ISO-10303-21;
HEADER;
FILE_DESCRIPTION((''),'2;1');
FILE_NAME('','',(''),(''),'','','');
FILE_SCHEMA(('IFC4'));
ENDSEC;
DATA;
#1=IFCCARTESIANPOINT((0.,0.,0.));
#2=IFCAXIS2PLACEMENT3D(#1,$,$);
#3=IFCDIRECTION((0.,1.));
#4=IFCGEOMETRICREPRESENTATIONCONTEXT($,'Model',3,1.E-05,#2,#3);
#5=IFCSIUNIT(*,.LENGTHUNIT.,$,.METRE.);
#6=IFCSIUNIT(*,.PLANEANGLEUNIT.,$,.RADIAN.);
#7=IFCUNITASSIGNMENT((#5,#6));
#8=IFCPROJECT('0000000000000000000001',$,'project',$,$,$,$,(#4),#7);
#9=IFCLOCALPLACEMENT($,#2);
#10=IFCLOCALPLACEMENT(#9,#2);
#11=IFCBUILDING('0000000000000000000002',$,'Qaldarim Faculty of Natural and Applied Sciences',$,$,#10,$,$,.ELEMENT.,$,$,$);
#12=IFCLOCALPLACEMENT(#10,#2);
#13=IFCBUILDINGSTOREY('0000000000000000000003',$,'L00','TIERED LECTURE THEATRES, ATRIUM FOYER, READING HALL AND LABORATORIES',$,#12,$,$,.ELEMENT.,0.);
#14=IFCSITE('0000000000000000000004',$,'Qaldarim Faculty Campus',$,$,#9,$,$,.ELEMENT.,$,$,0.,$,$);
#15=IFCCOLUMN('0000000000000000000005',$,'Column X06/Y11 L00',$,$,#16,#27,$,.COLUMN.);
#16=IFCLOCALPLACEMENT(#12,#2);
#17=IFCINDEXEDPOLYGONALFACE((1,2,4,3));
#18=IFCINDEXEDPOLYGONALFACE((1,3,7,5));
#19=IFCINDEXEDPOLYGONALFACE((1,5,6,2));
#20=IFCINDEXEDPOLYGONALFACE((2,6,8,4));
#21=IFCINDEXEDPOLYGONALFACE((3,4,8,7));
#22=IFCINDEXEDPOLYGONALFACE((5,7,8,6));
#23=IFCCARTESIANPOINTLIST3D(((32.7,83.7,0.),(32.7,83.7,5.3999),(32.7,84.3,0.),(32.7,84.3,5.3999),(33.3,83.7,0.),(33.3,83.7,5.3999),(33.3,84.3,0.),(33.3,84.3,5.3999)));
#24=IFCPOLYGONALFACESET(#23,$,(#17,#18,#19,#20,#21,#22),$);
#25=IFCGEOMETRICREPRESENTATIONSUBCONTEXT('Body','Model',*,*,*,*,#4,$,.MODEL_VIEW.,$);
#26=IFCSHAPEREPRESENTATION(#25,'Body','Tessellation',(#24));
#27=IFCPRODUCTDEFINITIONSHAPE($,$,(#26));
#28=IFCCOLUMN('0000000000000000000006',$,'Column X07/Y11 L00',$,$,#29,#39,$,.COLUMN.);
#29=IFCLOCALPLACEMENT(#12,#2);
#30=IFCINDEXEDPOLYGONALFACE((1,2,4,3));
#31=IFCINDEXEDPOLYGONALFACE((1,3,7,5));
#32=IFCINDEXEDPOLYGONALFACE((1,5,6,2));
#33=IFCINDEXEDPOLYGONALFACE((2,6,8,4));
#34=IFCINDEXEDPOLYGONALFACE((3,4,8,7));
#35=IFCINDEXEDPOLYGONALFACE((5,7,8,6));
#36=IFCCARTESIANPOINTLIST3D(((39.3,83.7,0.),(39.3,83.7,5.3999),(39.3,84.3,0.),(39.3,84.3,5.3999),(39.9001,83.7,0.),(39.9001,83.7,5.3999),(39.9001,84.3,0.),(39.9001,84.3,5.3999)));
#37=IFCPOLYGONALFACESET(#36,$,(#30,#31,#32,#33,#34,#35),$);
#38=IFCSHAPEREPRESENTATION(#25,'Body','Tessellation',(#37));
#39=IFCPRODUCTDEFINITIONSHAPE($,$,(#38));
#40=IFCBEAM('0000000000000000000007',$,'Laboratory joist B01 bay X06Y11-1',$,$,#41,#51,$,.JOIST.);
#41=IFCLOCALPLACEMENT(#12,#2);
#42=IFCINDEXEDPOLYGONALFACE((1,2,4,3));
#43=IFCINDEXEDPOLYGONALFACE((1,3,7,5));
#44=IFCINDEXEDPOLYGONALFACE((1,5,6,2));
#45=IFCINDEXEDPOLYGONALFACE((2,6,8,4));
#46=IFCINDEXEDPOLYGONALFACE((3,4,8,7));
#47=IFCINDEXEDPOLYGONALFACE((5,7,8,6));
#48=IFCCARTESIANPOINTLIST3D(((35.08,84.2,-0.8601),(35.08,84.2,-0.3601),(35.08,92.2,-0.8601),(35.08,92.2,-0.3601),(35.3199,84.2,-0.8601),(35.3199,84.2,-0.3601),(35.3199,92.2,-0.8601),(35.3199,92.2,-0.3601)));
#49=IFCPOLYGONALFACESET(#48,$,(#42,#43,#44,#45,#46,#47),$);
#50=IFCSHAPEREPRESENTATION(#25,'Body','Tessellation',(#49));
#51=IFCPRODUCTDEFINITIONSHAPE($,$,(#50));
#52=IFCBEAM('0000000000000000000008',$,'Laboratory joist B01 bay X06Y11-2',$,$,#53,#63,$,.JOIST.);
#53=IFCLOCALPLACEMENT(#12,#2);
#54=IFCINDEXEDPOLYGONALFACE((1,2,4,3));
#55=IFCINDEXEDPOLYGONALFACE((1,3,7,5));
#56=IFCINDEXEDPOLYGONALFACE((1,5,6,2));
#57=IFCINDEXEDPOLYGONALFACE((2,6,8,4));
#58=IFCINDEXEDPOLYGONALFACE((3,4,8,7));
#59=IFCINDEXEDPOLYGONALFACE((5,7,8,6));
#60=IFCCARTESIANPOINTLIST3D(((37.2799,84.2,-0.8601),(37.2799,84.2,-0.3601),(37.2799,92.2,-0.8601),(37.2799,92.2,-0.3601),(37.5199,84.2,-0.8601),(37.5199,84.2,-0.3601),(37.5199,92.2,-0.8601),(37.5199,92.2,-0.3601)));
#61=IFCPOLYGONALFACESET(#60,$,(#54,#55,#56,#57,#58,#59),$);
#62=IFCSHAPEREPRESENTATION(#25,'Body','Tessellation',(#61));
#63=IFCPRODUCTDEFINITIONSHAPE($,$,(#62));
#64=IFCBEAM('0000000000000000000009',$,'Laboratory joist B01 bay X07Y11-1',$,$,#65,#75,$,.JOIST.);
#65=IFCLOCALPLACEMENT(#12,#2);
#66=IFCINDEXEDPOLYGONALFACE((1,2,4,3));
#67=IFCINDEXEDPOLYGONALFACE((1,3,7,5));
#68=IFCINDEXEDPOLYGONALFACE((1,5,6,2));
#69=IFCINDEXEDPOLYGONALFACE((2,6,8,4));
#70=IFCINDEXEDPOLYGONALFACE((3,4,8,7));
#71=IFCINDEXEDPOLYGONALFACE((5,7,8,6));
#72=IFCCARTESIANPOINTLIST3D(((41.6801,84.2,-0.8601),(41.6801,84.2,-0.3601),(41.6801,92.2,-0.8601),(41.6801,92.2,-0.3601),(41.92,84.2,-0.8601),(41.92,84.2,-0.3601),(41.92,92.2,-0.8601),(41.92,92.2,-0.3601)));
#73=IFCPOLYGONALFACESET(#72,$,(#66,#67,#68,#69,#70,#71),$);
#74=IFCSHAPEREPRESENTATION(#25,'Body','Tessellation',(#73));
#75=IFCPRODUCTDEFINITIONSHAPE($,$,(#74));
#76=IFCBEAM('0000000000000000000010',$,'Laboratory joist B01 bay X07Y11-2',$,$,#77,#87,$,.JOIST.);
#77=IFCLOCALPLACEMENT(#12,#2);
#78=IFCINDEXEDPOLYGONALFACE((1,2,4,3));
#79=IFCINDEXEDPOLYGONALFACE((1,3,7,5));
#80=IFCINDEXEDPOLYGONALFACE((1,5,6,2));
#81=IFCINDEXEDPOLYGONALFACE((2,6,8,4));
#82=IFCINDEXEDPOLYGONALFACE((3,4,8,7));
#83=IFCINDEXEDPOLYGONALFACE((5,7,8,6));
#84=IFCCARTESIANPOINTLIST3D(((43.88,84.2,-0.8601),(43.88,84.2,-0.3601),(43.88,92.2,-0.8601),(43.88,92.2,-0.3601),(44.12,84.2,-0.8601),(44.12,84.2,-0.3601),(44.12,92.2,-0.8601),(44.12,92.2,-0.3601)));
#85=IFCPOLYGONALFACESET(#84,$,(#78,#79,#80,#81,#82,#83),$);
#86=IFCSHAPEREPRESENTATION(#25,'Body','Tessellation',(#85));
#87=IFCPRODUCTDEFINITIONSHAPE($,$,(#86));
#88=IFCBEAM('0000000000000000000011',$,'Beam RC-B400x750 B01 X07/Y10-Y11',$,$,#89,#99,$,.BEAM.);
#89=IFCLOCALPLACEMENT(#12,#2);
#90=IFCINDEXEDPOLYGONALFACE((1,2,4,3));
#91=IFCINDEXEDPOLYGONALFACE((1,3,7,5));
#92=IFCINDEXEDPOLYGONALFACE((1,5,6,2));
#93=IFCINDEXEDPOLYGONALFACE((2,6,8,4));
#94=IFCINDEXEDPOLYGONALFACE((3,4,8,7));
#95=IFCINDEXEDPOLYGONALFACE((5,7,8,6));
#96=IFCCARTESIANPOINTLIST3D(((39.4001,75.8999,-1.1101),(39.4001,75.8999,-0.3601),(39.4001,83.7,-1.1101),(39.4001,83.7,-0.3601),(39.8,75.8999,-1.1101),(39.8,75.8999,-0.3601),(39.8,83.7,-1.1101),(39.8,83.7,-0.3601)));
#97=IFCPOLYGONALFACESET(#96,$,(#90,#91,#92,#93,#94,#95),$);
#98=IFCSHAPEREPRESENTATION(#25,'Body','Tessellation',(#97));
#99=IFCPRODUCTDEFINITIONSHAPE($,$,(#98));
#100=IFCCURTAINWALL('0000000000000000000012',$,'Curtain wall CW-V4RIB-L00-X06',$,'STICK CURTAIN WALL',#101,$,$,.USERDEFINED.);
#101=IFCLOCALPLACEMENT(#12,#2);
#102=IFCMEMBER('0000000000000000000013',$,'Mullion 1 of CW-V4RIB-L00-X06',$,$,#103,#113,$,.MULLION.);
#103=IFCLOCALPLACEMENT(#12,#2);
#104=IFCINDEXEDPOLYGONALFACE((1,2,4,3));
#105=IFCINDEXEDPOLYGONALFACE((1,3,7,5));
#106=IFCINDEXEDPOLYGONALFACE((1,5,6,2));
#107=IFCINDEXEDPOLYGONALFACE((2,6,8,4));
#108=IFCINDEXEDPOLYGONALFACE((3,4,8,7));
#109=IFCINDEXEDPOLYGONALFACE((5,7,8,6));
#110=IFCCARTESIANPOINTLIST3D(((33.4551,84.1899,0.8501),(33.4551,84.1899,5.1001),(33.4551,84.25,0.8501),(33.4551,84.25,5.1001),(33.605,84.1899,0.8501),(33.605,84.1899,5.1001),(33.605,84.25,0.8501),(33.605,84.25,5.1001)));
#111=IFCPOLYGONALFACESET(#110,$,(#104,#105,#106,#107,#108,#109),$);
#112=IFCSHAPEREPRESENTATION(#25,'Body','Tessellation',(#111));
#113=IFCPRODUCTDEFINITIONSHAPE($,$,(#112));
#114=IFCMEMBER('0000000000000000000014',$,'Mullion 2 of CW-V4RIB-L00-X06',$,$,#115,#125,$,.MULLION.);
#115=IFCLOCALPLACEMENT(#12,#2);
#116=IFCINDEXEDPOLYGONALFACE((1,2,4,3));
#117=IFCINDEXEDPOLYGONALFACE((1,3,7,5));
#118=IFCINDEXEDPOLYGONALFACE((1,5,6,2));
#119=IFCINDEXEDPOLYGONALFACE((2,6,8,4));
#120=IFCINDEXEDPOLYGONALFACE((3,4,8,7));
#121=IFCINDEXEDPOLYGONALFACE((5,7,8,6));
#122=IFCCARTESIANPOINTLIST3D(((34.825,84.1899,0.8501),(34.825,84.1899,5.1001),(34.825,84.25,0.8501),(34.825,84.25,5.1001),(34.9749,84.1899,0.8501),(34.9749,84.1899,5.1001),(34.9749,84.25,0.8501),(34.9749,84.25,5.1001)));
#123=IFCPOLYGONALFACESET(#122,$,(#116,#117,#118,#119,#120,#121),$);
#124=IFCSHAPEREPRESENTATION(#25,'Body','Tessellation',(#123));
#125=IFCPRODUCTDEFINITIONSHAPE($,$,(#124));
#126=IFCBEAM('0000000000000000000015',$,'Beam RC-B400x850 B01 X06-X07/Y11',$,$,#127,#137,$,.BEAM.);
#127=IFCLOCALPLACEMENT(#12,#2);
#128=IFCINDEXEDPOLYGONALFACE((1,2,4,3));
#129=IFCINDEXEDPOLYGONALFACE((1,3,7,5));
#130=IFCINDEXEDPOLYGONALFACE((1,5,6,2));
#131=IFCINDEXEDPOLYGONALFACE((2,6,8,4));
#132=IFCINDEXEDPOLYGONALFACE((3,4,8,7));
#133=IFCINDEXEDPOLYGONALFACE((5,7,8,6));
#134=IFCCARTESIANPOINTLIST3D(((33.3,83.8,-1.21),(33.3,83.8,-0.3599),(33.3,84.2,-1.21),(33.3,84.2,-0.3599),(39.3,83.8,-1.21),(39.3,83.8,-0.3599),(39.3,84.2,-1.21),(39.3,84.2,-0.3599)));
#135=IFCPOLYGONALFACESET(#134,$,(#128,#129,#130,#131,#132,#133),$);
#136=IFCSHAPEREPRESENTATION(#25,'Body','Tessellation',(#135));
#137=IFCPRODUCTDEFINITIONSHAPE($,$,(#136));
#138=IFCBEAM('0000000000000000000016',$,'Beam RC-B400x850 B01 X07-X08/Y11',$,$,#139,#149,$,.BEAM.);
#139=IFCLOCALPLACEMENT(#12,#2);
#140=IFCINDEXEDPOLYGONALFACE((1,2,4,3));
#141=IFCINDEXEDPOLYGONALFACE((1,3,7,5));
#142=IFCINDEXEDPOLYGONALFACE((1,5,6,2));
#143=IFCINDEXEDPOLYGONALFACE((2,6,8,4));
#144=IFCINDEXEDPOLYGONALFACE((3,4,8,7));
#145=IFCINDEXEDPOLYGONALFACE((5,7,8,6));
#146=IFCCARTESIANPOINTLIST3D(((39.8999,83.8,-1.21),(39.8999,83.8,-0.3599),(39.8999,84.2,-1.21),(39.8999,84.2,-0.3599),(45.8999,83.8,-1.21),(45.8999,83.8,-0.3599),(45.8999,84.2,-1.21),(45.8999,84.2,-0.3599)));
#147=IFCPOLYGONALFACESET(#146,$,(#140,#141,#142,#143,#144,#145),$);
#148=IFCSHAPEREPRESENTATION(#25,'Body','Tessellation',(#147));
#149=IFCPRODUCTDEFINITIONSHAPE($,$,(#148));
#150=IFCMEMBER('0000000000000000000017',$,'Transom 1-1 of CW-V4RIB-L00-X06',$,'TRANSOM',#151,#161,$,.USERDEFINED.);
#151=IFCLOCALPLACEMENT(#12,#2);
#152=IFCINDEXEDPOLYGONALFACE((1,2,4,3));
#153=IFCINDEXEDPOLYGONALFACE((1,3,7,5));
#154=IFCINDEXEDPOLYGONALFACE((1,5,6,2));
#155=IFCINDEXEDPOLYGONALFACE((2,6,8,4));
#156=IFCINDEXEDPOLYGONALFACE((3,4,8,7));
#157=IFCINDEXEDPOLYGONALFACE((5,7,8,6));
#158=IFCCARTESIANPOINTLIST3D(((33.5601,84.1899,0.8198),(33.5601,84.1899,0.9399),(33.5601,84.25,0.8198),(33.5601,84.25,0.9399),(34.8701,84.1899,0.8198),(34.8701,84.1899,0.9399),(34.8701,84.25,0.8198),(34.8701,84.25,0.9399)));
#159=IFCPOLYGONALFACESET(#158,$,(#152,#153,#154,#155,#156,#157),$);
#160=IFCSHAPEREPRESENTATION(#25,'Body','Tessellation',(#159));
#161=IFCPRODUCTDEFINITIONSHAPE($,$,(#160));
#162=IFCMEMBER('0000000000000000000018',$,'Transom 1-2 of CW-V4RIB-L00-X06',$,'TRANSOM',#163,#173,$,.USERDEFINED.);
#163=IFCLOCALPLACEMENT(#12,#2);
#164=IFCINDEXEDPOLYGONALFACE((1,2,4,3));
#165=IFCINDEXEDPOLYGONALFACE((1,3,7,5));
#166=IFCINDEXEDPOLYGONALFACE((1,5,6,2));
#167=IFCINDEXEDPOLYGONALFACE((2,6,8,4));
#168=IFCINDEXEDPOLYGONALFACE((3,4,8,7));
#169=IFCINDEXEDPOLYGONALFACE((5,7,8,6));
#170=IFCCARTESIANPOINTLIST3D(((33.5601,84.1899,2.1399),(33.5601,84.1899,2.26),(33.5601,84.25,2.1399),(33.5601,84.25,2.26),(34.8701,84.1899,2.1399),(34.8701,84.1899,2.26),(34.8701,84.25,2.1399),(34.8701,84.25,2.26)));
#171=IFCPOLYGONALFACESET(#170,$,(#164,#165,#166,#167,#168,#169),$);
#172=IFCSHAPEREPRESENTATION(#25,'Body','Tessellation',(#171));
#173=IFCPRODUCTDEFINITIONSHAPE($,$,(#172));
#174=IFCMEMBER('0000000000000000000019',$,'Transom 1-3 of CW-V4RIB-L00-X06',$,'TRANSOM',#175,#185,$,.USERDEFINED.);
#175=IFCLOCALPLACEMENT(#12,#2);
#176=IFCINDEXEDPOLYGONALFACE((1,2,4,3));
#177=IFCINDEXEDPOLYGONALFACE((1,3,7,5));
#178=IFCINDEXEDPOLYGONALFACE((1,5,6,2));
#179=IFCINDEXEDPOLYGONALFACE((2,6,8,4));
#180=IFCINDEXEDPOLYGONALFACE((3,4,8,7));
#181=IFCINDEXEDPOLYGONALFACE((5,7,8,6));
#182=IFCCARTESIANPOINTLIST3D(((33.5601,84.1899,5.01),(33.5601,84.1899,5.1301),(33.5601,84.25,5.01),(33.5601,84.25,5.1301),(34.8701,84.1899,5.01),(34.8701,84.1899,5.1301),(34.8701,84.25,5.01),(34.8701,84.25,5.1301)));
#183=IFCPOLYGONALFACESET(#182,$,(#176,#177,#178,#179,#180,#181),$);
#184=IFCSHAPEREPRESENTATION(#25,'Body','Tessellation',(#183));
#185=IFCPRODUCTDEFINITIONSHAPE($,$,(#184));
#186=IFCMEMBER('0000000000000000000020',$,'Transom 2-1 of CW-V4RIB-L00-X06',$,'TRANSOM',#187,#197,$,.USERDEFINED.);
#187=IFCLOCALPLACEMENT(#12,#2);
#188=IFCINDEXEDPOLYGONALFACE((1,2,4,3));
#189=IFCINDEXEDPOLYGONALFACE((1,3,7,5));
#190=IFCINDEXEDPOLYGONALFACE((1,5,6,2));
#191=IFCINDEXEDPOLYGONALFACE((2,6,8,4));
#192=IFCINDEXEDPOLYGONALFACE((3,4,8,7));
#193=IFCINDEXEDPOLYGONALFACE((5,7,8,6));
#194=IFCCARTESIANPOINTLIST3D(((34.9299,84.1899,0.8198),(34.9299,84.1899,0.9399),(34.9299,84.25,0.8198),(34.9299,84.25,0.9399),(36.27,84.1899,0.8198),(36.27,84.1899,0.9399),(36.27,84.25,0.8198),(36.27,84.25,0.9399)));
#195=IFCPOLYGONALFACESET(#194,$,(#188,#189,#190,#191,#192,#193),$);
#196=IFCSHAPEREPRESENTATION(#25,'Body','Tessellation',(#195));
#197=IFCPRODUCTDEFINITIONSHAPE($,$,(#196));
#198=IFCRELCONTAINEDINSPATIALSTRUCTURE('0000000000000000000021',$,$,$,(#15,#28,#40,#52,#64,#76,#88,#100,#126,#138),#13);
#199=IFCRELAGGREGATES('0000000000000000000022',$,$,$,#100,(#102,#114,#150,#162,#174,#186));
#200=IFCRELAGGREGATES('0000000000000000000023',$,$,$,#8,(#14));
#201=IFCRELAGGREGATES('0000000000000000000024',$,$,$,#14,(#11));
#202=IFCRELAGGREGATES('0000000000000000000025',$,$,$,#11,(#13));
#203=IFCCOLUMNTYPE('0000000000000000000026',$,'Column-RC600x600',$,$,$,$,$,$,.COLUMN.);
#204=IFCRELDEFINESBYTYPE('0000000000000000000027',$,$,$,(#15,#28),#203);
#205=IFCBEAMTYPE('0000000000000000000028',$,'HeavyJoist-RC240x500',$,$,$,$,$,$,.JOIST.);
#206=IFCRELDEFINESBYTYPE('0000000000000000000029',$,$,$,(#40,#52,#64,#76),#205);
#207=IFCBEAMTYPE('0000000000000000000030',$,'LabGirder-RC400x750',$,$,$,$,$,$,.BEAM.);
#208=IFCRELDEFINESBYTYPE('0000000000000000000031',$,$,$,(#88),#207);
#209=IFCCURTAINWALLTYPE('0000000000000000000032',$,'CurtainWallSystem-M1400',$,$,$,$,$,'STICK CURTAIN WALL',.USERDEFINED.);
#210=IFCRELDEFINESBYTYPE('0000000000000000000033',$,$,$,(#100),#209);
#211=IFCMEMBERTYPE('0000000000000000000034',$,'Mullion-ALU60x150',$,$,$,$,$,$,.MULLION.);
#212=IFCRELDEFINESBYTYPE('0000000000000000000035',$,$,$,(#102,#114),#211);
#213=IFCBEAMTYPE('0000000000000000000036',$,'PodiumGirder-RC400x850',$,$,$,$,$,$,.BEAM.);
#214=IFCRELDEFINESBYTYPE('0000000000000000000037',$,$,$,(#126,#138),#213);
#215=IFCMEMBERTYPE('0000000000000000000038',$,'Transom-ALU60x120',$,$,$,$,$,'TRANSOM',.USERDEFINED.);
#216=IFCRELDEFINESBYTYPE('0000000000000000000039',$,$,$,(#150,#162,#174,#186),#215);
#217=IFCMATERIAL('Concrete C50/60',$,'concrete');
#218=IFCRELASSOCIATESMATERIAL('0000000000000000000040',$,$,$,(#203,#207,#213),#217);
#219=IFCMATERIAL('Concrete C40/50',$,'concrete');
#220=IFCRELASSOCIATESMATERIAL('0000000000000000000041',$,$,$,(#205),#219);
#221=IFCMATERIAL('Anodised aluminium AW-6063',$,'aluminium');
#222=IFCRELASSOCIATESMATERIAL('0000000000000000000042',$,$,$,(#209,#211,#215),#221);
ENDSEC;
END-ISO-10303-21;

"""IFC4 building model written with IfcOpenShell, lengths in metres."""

from ifc_helpers import new_model, si_unit, direction, frame, origin, origin_2d, place, context, subcontext, project, spatial, rectangle, extrude, material, material_profile, profile_set, type_object, element, aggregate, save


model = new_model("IFC4")

# Units and contexts
model_context = context("Model", 3, precision=1e-05, world=origin(), true_north=direction((0.0, 1.0)))
body_context = subcontext(model_context, "Body", "Model", "MODEL_VIEW")
ifc_project = project(units=[si_unit("LENGTHUNIT", "METRE"), si_unit("PLANEANGLEUNIT", "RADIAN")], contexts=[model_context])

# Site, building, storey
site_placement = place(None, origin())
site = spatial("IfcSite", under=ifc_project, at=site_placement, Name="Qaldarim Faculty Campus", CompositionType="ELEMENT", RefElevation=0.0)
building_placement = place(site_placement, origin())
building = spatial("IfcBuilding", under=site, at=building_placement, Name="Qaldarim Faculty of Natural and Applied Sciences", CompositionType="ELEMENT")
storey_placement = place(building_placement, origin())
storey = spatial("IfcBuildingStorey", under=building, at=storey_placement, Name="L00", Description="TIERED LECTURE THEATRES, ATRIUM FOYER, READING HALL AND LABORATORIES", CompositionType="ELEMENT", Elevation=0.0)

# Columns
ifc_material_1 = material(Name="Concrete C50/60", Category="concrete")
ifc_material_profile_1 = material_profile(ifc_material_1, rectangle(XDim=0.6001, YDim=0.6001, at=origin_2d()), Name="RC-C600x600")
ifc_profile_set_1 = profile_set([ifc_material_profile_1], Name="Concrete C50/60")
column_type = type_object("IfcColumnType", Name="Column-RC600x600", PredefinedType="COLUMN", material=ifc_profile_set_1)
for number, where, z_axis, x_axis, name in (
    (1, (33.0, 84.0, 0.0), (0.0, 0.0, 1.0), (1.0, 0.0, 0.0), "Column X06/Y11 L00"),
    (2, (39.6001, 84.0, 0.0), (0.0, 0.0, 1.0), (1.0, 0.0, 0.0), "Column X07/Y11 L00"),
):
    element("IfcColumn", number, at=place(storey_placement, frame(where, z_axis=z_axis, x_axis=x_axis)), inside=storey, type_object=column_type, Name=name, PredefinedType="COLUMN", context=body_context, shape_type="SweptSolid", body=[
        extrude(rectangle(XDim=0.6001, YDim=0.6001, at=origin_2d()), origin(), (0.0, 0.0, 1.0), 5.3999),
    ])

# Beams
ifc_material_2 = material(Name="Concrete C40/50", Category="concrete")
ifc_material_profile_2 = material_profile(ifc_material_2, rectangle(XDim=0.24, YDim=0.5, at=origin_2d()), Name="RC-J240x500")
ifc_profile_set_2 = profile_set([ifc_material_profile_2], Name="Concrete C40/50")
beam_type_1 = type_object("IfcBeamType", Name="HeavyJoist-RC240x500", PredefinedType="JOIST", material=ifc_profile_set_2)
for number, where, z_axis, x_axis, name in (
    (3, (35.2, 84.2, -0.6101), (0.0, 1.0, 0.0), (-1.0, 0.0, 0.0), "Laboratory joist B01 bay X06Y11-1"),
    (4, (37.3999, 84.2, -0.6101), (0.0, 1.0, 0.0), (-1.0, 0.0, 0.0), "Laboratory joist B01 bay X06Y11-2"),
    (5, (41.8, 84.2, -0.6101), (0.0, 1.0, 0.0), (-1.0, 0.0, 0.0), "Laboratory joist B01 bay X07Y11-1"),
    (6, (44.0, 84.2, -0.6101), (0.0, 1.0, 0.0), (-1.0, 0.0, 0.0), "Laboratory joist B01 bay X07Y11-2"),
):
    element("IfcBeam", number, at=place(storey_placement, frame(where, z_axis=z_axis, x_axis=x_axis)), inside=storey, type_object=beam_type_1, Name=name, PredefinedType="JOIST", context=body_context, shape_type="SweptSolid", body=[
        extrude(rectangle(XDim=0.24, YDim=0.5, at=origin_2d()), origin(), (0.0, 0.0, 1.0), 8.0),
    ])
ifc_material_profile_3 = material_profile(ifc_material_1, rectangle(XDim=0.3999, YDim=0.75, at=origin_2d()), Name="RC-B400x750")
ifc_profile_set_3 = profile_set([ifc_material_profile_3], Name="Concrete C50/60")
beam_type_2 = type_object("IfcBeamType", Name="LabGirder-RC400x750", PredefinedType="BEAM", material=ifc_profile_set_3)
beam_placement = place(storey_placement, frame((39.6001, 75.8999, -0.7351), z_axis=(0.0, 1.0, 0.0), x_axis=(-1.0, 0.0, 0.0)))
element("IfcBeam", 7, at=beam_placement, inside=storey, type_object=beam_type_2, Name="Beam RC-B400x750 B01 X07/Y10-Y11", PredefinedType="BEAM", context=body_context, shape_type="SweptSolid", body=[
    extrude(rectangle(XDim=0.3999, YDim=0.75, at=origin_2d()), origin(), (0.0, 0.0, 1.0), 7.8),
])

# Curtain wall, members
ifc_material_3 = material(Name="Anodised aluminium AW-6063", Category="aluminium")
curtain_wall_type = type_object("IfcCurtainWallType", Name="CurtainWallSystem-M1400", ElementType="STICK CURTAIN WALL", PredefinedType="USERDEFINED", material=ifc_material_3)
curtain_wall_placement = place(storey_placement, origin())
curtain_wall = element("IfcCurtainWall", 8, at=curtain_wall_placement, inside=storey, type_object=curtain_wall_type, Name="Curtain wall CW-V4RIB-L00-X06", ObjectType="STICK CURTAIN WALL", PredefinedType="USERDEFINED")
ifc_material_profile_4 = material_profile(ifc_material_3, rectangle(XDim=0.0601, YDim=0.1499, at=origin_2d()), Name="ALU-M60x150")
ifc_profile_set_4 = profile_set([ifc_material_profile_4], Name="Anodised aluminium AW-6063")
member_type_1 = type_object("IfcMemberType", Name="Mullion-ALU60x150", PredefinedType="MULLION", material=ifc_profile_set_4)
member_1_placement = place(storey_placement, frame((33.53, 84.22, 0.8501), z_axis=(0.0, 0.0, 1.0), x_axis=(0.0, 1.0, 0.0)))
member_1 = element("IfcMember", 9, at=member_1_placement, type_object=member_type_1, Name="Mullion 1 of CW-V4RIB-L00-X06", PredefinedType="MULLION", context=body_context, shape_type="SweptSolid", body=[
    extrude(rectangle(XDim=0.0601, YDim=0.1499, at=origin_2d()), origin(), (0.0, 0.0, 1.0), 4.25),
])
member_2_placement = place(storey_placement, frame((34.8999, 84.22, 0.8501), z_axis=(0.0, 0.0, 1.0), x_axis=(0.0, 1.0, 0.0)))
member_2 = element("IfcMember", 10, at=member_2_placement, type_object=member_type_1, Name="Mullion 2 of CW-V4RIB-L00-X06", PredefinedType="MULLION", context=body_context, shape_type="SweptSolid", body=[
    extrude(rectangle(XDim=0.0601, YDim=0.1499, at=origin_2d()), origin(), (0.0, 0.0, 1.0), 4.25),
])

# Beams
ifc_material_profile_5 = material_profile(ifc_material_1, rectangle(XDim=0.3999, YDim=0.8501, at=origin_2d()), Name="RC-B400x850")
ifc_profile_set_5 = profile_set([ifc_material_profile_5], Name="Concrete C50/60")
beam_type_3 = type_object("IfcBeamType", Name="PodiumGirder-RC400x850", PredefinedType="BEAM", material=ifc_profile_set_5)
for number, where, z_axis, x_axis, name in (
    (11, (33.3, 84.0, -0.7849), (1.0, 0.0, 0.0), (0.0, 1.0, 0.0), "Beam RC-B400x850 B01 X06-X07/Y11"),
    (12, (39.8999, 84.0, -0.7849), (1.0, 0.0, 0.0), (0.0, 1.0, 0.0), "Beam RC-B400x850 B01 X07-X08/Y11"),
):
    element("IfcBeam", number, at=place(storey_placement, frame(where, z_axis=z_axis, x_axis=x_axis)), inside=storey, type_object=beam_type_3, Name=name, PredefinedType="BEAM", context=body_context, shape_type="SweptSolid", body=[
        extrude(rectangle(XDim=0.3999, YDim=0.8501, at=origin_2d()), origin(), (0.0, 0.0, 1.0), 6.0),
    ])

# Members
ifc_material_profile_6 = material_profile(ifc_material_3, rectangle(XDim=0.0601, YDim=0.1201, at=origin_2d()), Name="ALU-T60x120")
ifc_profile_set_6 = profile_set([ifc_material_profile_6], Name="Anodised aluminium AW-6063")
member_type_2 = type_object("IfcMemberType", Name="Transom-ALU60x120", ElementType="TRANSOM", PredefinedType="USERDEFINED", material=ifc_profile_set_6)
member_3_placement = place(storey_placement, frame((33.5601, 84.22, 0.8799), z_axis=(1.0, 0.0, 0.0), x_axis=(0.0, 1.0, 0.0)))
member_3 = element("IfcMember", 13, at=member_3_placement, type_object=member_type_2, Name="Transom 1-1 of CW-V4RIB-L00-X06", ObjectType="TRANSOM", PredefinedType="USERDEFINED", context=body_context, shape_type="SweptSolid", body=[
    extrude(rectangle(XDim=0.0601, YDim=0.1201, at=origin_2d()), origin(), (0.0, 0.0, 1.0), 1.3101),
])
member_4_placement = place(storey_placement, frame((33.5601, 84.22, 2.2), z_axis=(1.0, 0.0, 0.0), x_axis=(0.0, 1.0, 0.0)))
member_4 = element("IfcMember", 14, at=member_4_placement, type_object=member_type_2, Name="Transom 1-2 of CW-V4RIB-L00-X06", ObjectType="TRANSOM", PredefinedType="USERDEFINED", context=body_context, shape_type="SweptSolid", body=[
    extrude(rectangle(XDim=0.0601, YDim=0.1201, at=origin_2d()), origin(), (0.0, 0.0, 1.0), 1.3101),
])
member_5_placement = place(storey_placement, frame((33.5601, 84.22, 5.0701), z_axis=(1.0, 0.0, 0.0), x_axis=(0.0, 1.0, 0.0)))
member_5 = element("IfcMember", 15, at=member_5_placement, type_object=member_type_2, Name="Transom 1-3 of CW-V4RIB-L00-X06", ObjectType="TRANSOM", PredefinedType="USERDEFINED", context=body_context, shape_type="SweptSolid", body=[
    extrude(rectangle(XDim=0.0601, YDim=0.1201, at=origin_2d()), origin(), (0.0, 0.0, 1.0), 1.3101),
])
member_6_placement = place(storey_placement, frame((34.9299, 84.22, 0.8799), z_axis=(1.0, 0.0, 0.0), x_axis=(0.0, 1.0, 0.0)))
member_6 = element("IfcMember", 16, at=member_6_placement, type_object=member_type_2, Name="Transom 2-1 of CW-V4RIB-L00-X06", ObjectType="TRANSOM", PredefinedType="USERDEFINED", context=body_context, shape_type="SweptSolid", body=[
    extrude(rectangle(XDim=0.0601, YDim=0.1201, at=origin_2d()), origin(), (0.0, 0.0, 1.0), 1.3401),
])

aggregate(curtain_wall, [member_1, member_2, member_3, member_4, member_5, member_6])

save(model, "model.ifc")
